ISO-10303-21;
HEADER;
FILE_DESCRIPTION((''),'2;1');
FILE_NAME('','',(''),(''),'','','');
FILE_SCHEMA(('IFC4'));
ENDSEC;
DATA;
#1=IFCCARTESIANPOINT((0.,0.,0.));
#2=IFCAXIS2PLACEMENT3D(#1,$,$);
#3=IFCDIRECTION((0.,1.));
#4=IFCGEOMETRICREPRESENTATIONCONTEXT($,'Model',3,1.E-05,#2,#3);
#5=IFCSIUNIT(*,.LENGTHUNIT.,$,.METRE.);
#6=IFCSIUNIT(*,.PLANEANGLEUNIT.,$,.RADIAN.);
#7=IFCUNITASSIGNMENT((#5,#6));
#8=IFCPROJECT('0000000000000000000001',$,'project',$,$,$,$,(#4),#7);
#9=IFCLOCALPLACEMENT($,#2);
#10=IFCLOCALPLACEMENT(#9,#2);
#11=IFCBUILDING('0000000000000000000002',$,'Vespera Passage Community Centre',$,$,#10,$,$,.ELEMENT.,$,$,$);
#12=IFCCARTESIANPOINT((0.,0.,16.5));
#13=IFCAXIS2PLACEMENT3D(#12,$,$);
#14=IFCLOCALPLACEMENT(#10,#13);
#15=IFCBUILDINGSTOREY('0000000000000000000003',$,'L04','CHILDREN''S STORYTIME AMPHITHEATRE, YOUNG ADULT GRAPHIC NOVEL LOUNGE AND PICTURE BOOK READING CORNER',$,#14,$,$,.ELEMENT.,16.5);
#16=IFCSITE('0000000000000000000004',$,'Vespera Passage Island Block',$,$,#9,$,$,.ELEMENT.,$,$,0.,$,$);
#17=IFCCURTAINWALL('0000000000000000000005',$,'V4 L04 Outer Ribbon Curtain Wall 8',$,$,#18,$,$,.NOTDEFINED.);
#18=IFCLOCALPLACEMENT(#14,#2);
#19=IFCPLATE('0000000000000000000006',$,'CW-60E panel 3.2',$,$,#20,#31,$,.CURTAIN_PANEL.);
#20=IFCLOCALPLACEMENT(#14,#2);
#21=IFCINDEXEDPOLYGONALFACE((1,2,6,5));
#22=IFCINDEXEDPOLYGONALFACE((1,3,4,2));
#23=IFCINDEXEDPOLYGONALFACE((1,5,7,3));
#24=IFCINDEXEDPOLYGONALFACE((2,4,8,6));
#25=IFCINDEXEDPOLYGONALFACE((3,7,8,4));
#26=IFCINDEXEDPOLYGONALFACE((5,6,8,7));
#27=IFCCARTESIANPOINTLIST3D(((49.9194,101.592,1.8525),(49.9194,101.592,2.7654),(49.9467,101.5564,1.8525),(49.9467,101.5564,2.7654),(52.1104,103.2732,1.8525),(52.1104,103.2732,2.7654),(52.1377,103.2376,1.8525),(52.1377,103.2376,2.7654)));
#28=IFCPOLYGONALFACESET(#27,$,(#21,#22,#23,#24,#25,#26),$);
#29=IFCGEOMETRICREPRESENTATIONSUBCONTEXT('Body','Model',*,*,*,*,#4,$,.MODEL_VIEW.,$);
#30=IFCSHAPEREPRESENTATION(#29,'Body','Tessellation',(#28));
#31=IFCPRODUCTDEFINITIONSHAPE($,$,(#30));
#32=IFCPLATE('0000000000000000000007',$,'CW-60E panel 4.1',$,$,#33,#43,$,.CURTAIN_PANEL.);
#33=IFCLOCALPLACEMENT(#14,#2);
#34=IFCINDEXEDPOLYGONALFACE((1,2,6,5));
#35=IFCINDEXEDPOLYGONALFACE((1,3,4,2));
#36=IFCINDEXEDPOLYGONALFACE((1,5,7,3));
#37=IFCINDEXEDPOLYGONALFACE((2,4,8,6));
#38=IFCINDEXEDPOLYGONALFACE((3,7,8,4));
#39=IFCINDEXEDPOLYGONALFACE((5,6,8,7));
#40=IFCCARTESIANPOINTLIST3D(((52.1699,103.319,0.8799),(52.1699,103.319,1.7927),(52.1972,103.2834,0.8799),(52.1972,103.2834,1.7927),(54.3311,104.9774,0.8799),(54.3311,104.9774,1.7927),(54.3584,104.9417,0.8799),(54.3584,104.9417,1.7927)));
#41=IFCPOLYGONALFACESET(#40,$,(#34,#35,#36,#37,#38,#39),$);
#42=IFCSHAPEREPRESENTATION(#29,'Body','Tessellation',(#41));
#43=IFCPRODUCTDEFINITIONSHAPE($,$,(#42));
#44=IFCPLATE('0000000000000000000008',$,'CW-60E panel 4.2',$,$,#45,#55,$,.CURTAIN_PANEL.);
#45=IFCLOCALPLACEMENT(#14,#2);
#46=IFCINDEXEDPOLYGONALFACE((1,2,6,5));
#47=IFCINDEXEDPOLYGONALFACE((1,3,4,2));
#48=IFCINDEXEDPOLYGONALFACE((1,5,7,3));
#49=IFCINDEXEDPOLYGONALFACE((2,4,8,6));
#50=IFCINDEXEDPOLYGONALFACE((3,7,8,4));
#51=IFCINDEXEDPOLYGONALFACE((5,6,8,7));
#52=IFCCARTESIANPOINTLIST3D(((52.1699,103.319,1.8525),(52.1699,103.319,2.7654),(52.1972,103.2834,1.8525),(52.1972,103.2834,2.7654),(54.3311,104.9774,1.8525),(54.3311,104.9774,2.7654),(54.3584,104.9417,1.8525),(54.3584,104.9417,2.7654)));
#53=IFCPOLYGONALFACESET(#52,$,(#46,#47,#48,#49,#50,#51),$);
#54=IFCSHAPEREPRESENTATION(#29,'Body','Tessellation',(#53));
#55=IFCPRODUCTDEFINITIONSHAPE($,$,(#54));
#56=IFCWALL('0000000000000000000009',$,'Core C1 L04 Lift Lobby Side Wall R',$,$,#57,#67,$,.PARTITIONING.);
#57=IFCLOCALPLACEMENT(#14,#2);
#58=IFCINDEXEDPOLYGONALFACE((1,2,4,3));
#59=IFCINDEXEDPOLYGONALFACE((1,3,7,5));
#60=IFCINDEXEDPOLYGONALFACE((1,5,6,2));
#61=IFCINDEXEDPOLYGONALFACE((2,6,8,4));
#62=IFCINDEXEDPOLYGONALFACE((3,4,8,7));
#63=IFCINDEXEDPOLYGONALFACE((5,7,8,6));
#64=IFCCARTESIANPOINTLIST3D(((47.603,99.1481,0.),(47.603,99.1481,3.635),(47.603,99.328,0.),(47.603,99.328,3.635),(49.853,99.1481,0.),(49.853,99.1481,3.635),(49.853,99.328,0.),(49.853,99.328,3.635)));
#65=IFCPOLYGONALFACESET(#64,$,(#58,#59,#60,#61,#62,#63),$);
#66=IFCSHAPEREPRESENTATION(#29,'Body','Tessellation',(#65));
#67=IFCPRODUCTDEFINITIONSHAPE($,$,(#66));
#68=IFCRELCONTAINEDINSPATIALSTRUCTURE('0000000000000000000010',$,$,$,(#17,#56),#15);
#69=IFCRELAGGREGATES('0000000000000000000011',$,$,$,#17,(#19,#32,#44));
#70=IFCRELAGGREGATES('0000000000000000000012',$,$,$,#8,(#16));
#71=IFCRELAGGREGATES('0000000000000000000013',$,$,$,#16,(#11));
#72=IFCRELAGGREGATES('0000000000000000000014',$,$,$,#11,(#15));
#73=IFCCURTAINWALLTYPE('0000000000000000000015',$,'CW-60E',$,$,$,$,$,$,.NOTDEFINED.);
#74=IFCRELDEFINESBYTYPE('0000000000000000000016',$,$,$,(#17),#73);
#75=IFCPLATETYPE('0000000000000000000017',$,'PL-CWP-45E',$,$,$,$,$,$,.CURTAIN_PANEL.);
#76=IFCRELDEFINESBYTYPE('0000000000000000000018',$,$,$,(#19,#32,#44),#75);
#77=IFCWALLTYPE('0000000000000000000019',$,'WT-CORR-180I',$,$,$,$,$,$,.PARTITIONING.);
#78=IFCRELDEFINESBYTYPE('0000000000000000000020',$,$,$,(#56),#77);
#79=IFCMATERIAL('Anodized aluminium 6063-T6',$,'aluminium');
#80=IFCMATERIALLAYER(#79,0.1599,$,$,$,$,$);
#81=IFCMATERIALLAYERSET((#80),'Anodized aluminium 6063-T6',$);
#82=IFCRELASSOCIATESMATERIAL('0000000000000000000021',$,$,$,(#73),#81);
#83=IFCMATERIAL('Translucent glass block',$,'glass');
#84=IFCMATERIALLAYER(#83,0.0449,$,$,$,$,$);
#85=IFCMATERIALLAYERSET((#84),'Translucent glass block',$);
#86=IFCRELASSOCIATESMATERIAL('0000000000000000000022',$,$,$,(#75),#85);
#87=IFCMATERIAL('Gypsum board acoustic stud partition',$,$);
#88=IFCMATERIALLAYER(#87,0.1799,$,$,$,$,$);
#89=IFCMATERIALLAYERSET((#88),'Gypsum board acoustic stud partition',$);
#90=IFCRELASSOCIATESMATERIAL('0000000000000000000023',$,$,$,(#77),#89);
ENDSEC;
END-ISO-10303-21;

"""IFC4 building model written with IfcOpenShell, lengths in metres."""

from ifc_helpers import new_model, si_unit, direction, frame, frame_2d, origin, origin_2d, place, context, subcontext, project, spatial, rectangle, extrude, material, layer, layer_set, type_object, element, aggregate, save


model = new_model("IFC4")

# Units and contexts
model_context = context("Model", 3, precision=1e-05, world=origin(), true_north=direction((0.0, 1.0)))
body_context = subcontext(model_context, "Body", "Model", "MODEL_VIEW")
ifc_project = project(units=[si_unit("LENGTHUNIT", "METRE"), si_unit("PLANEANGLEUNIT", "RADIAN")], contexts=[model_context])

# Site, building, storey
site_placement = place(None, origin())
site = spatial("IfcSite", under=ifc_project, at=site_placement, Name="Vespera Passage Island Block", CompositionType="ELEMENT", RefElevation=0.0)
building_placement = place(site_placement, origin())
building = spatial("IfcBuilding", under=site, at=building_placement, Name="Vespera Passage Community Centre", CompositionType="ELEMENT")
storey_placement = place(building_placement, frame((0.0, 0.0, 16.5)))
storey = spatial("IfcBuildingStorey", under=building, at=storey_placement, Name="L04", Description="CHILDREN'S STORYTIME AMPHITHEATRE, YOUNG ADULT GRAPHIC NOVEL LOUNGE AND PICTURE BOOK READING CORNER", CompositionType="ELEMENT", Elevation=16.5)

# Curtain wall, plates
ifc_material_1 = material(Name="Anodized aluminium 6063-T6", Category="aluminium")
ifc_layer_1 = layer(ifc_material_1, 0.1599)
ifc_layer_set_1 = layer_set([ifc_layer_1], Name="Anodized aluminium 6063-T6")
curtain_wall_type = type_object("IfcCurtainWallType", Name="CW-60E", PredefinedType="NOTDEFINED", material=ifc_layer_set_1)
curtain_wall_placement = place(storey_placement, origin())
curtain_wall = element("IfcCurtainWall", 1, at=curtain_wall_placement, inside=storey, type_object=curtain_wall_type, Name="V4 L04 Outer Ribbon Curtain Wall 8", PredefinedType="NOTDEFINED")
ifc_material_2 = material(Name="Translucent glass block", Category="glass")
ifc_layer_2 = layer(ifc_material_2, 0.0449)
ifc_layer_set_2 = layer_set([ifc_layer_2], Name="Translucent glass block")
plate_type = type_object("IfcPlateType", Name="PL-CWP-45E", PredefinedType="CURTAIN_PANEL", material=ifc_layer_set_2)
plate_1_placement = place(storey_placement, frame((51.0286, 102.4148, 1.8525), z_axis=(0.0, 0.0, 1.0), x_axis=(0.793348, 0.608768, 0.0)))
plate_1 = element("IfcPlate", 2, at=plate_1_placement, type_object=plate_type, Name="CW-60E panel 3.2", PredefinedType="CURTAIN_PANEL", context=body_context, shape_type="SweptSolid", body=[
    extrude(rectangle(XDim=2.7617, YDim=0.0449, at=origin_2d()), origin(), (0.0, 0.0, 1.0), 0.9128),
])
plate_2_placement = place(storey_placement, frame((53.2642, 104.1304, 0.8799), z_axis=(0.0, 0.0, 1.0), x_axis=(0.793348, 0.608768, 0.0)))
plate_2 = element("IfcPlate", 3, at=plate_2_placement, type_object=plate_type, Name="CW-60E panel 4.1", PredefinedType="CURTAIN_PANEL", context=body_context, shape_type="SweptSolid", body=[
    extrude(rectangle(XDim=2.7241, YDim=0.0449, at=origin_2d()), origin(), (0.0, 0.0, 1.0), 0.9128),
])
plate_3_placement = place(storey_placement, frame((53.2642, 104.1304, 1.8525), z_axis=(0.0, 0.0, 1.0), x_axis=(0.793348, 0.608768, 0.0)))
plate_3 = element("IfcPlate", 4, at=plate_3_placement, type_object=plate_type, Name="CW-60E panel 4.2", PredefinedType="CURTAIN_PANEL", context=body_context, shape_type="SweptSolid", body=[
    extrude(rectangle(XDim=2.7241, YDim=0.0449, at=origin_2d()), origin(), (0.0, 0.0, 1.0), 0.9128),
])
aggregate(curtain_wall, [plate_1, plate_2, plate_3])

# Wall
ifc_material_3 = material(Name="Gypsum board acoustic stud partition")
ifc_layer_3 = layer(ifc_material_3, 0.1799)
ifc_layer_set_3 = layer_set([ifc_layer_3], Name="Gypsum board acoustic stud partition")
wall_type_1 = type_object("IfcWallType", Name="WT-CORR-180I", PredefinedType="PARTITIONING", material=ifc_layer_set_3)
wall_1_placement = place(storey_placement, frame((47.603, 99.238, 0.0), z_axis=(0.0, 0.0, 1.0), x_axis=(1.0, 0.0, 0.0)))
element("IfcWall", 5, at=wall_1_placement, inside=storey, type_object=wall_type_1, Name="Core C1 L04 Lift Lobby Side Wall R", PredefinedType="PARTITIONING", context=body_context, shape_type="SweptSolid", body=[
    extrude(rectangle(XDim=2.25, YDim=0.1799, at=frame_2d((1.125, 0.0))), origin(), (0.0, 0.0, 1.0), 3.635),
])

save(model, "model.ifc")
